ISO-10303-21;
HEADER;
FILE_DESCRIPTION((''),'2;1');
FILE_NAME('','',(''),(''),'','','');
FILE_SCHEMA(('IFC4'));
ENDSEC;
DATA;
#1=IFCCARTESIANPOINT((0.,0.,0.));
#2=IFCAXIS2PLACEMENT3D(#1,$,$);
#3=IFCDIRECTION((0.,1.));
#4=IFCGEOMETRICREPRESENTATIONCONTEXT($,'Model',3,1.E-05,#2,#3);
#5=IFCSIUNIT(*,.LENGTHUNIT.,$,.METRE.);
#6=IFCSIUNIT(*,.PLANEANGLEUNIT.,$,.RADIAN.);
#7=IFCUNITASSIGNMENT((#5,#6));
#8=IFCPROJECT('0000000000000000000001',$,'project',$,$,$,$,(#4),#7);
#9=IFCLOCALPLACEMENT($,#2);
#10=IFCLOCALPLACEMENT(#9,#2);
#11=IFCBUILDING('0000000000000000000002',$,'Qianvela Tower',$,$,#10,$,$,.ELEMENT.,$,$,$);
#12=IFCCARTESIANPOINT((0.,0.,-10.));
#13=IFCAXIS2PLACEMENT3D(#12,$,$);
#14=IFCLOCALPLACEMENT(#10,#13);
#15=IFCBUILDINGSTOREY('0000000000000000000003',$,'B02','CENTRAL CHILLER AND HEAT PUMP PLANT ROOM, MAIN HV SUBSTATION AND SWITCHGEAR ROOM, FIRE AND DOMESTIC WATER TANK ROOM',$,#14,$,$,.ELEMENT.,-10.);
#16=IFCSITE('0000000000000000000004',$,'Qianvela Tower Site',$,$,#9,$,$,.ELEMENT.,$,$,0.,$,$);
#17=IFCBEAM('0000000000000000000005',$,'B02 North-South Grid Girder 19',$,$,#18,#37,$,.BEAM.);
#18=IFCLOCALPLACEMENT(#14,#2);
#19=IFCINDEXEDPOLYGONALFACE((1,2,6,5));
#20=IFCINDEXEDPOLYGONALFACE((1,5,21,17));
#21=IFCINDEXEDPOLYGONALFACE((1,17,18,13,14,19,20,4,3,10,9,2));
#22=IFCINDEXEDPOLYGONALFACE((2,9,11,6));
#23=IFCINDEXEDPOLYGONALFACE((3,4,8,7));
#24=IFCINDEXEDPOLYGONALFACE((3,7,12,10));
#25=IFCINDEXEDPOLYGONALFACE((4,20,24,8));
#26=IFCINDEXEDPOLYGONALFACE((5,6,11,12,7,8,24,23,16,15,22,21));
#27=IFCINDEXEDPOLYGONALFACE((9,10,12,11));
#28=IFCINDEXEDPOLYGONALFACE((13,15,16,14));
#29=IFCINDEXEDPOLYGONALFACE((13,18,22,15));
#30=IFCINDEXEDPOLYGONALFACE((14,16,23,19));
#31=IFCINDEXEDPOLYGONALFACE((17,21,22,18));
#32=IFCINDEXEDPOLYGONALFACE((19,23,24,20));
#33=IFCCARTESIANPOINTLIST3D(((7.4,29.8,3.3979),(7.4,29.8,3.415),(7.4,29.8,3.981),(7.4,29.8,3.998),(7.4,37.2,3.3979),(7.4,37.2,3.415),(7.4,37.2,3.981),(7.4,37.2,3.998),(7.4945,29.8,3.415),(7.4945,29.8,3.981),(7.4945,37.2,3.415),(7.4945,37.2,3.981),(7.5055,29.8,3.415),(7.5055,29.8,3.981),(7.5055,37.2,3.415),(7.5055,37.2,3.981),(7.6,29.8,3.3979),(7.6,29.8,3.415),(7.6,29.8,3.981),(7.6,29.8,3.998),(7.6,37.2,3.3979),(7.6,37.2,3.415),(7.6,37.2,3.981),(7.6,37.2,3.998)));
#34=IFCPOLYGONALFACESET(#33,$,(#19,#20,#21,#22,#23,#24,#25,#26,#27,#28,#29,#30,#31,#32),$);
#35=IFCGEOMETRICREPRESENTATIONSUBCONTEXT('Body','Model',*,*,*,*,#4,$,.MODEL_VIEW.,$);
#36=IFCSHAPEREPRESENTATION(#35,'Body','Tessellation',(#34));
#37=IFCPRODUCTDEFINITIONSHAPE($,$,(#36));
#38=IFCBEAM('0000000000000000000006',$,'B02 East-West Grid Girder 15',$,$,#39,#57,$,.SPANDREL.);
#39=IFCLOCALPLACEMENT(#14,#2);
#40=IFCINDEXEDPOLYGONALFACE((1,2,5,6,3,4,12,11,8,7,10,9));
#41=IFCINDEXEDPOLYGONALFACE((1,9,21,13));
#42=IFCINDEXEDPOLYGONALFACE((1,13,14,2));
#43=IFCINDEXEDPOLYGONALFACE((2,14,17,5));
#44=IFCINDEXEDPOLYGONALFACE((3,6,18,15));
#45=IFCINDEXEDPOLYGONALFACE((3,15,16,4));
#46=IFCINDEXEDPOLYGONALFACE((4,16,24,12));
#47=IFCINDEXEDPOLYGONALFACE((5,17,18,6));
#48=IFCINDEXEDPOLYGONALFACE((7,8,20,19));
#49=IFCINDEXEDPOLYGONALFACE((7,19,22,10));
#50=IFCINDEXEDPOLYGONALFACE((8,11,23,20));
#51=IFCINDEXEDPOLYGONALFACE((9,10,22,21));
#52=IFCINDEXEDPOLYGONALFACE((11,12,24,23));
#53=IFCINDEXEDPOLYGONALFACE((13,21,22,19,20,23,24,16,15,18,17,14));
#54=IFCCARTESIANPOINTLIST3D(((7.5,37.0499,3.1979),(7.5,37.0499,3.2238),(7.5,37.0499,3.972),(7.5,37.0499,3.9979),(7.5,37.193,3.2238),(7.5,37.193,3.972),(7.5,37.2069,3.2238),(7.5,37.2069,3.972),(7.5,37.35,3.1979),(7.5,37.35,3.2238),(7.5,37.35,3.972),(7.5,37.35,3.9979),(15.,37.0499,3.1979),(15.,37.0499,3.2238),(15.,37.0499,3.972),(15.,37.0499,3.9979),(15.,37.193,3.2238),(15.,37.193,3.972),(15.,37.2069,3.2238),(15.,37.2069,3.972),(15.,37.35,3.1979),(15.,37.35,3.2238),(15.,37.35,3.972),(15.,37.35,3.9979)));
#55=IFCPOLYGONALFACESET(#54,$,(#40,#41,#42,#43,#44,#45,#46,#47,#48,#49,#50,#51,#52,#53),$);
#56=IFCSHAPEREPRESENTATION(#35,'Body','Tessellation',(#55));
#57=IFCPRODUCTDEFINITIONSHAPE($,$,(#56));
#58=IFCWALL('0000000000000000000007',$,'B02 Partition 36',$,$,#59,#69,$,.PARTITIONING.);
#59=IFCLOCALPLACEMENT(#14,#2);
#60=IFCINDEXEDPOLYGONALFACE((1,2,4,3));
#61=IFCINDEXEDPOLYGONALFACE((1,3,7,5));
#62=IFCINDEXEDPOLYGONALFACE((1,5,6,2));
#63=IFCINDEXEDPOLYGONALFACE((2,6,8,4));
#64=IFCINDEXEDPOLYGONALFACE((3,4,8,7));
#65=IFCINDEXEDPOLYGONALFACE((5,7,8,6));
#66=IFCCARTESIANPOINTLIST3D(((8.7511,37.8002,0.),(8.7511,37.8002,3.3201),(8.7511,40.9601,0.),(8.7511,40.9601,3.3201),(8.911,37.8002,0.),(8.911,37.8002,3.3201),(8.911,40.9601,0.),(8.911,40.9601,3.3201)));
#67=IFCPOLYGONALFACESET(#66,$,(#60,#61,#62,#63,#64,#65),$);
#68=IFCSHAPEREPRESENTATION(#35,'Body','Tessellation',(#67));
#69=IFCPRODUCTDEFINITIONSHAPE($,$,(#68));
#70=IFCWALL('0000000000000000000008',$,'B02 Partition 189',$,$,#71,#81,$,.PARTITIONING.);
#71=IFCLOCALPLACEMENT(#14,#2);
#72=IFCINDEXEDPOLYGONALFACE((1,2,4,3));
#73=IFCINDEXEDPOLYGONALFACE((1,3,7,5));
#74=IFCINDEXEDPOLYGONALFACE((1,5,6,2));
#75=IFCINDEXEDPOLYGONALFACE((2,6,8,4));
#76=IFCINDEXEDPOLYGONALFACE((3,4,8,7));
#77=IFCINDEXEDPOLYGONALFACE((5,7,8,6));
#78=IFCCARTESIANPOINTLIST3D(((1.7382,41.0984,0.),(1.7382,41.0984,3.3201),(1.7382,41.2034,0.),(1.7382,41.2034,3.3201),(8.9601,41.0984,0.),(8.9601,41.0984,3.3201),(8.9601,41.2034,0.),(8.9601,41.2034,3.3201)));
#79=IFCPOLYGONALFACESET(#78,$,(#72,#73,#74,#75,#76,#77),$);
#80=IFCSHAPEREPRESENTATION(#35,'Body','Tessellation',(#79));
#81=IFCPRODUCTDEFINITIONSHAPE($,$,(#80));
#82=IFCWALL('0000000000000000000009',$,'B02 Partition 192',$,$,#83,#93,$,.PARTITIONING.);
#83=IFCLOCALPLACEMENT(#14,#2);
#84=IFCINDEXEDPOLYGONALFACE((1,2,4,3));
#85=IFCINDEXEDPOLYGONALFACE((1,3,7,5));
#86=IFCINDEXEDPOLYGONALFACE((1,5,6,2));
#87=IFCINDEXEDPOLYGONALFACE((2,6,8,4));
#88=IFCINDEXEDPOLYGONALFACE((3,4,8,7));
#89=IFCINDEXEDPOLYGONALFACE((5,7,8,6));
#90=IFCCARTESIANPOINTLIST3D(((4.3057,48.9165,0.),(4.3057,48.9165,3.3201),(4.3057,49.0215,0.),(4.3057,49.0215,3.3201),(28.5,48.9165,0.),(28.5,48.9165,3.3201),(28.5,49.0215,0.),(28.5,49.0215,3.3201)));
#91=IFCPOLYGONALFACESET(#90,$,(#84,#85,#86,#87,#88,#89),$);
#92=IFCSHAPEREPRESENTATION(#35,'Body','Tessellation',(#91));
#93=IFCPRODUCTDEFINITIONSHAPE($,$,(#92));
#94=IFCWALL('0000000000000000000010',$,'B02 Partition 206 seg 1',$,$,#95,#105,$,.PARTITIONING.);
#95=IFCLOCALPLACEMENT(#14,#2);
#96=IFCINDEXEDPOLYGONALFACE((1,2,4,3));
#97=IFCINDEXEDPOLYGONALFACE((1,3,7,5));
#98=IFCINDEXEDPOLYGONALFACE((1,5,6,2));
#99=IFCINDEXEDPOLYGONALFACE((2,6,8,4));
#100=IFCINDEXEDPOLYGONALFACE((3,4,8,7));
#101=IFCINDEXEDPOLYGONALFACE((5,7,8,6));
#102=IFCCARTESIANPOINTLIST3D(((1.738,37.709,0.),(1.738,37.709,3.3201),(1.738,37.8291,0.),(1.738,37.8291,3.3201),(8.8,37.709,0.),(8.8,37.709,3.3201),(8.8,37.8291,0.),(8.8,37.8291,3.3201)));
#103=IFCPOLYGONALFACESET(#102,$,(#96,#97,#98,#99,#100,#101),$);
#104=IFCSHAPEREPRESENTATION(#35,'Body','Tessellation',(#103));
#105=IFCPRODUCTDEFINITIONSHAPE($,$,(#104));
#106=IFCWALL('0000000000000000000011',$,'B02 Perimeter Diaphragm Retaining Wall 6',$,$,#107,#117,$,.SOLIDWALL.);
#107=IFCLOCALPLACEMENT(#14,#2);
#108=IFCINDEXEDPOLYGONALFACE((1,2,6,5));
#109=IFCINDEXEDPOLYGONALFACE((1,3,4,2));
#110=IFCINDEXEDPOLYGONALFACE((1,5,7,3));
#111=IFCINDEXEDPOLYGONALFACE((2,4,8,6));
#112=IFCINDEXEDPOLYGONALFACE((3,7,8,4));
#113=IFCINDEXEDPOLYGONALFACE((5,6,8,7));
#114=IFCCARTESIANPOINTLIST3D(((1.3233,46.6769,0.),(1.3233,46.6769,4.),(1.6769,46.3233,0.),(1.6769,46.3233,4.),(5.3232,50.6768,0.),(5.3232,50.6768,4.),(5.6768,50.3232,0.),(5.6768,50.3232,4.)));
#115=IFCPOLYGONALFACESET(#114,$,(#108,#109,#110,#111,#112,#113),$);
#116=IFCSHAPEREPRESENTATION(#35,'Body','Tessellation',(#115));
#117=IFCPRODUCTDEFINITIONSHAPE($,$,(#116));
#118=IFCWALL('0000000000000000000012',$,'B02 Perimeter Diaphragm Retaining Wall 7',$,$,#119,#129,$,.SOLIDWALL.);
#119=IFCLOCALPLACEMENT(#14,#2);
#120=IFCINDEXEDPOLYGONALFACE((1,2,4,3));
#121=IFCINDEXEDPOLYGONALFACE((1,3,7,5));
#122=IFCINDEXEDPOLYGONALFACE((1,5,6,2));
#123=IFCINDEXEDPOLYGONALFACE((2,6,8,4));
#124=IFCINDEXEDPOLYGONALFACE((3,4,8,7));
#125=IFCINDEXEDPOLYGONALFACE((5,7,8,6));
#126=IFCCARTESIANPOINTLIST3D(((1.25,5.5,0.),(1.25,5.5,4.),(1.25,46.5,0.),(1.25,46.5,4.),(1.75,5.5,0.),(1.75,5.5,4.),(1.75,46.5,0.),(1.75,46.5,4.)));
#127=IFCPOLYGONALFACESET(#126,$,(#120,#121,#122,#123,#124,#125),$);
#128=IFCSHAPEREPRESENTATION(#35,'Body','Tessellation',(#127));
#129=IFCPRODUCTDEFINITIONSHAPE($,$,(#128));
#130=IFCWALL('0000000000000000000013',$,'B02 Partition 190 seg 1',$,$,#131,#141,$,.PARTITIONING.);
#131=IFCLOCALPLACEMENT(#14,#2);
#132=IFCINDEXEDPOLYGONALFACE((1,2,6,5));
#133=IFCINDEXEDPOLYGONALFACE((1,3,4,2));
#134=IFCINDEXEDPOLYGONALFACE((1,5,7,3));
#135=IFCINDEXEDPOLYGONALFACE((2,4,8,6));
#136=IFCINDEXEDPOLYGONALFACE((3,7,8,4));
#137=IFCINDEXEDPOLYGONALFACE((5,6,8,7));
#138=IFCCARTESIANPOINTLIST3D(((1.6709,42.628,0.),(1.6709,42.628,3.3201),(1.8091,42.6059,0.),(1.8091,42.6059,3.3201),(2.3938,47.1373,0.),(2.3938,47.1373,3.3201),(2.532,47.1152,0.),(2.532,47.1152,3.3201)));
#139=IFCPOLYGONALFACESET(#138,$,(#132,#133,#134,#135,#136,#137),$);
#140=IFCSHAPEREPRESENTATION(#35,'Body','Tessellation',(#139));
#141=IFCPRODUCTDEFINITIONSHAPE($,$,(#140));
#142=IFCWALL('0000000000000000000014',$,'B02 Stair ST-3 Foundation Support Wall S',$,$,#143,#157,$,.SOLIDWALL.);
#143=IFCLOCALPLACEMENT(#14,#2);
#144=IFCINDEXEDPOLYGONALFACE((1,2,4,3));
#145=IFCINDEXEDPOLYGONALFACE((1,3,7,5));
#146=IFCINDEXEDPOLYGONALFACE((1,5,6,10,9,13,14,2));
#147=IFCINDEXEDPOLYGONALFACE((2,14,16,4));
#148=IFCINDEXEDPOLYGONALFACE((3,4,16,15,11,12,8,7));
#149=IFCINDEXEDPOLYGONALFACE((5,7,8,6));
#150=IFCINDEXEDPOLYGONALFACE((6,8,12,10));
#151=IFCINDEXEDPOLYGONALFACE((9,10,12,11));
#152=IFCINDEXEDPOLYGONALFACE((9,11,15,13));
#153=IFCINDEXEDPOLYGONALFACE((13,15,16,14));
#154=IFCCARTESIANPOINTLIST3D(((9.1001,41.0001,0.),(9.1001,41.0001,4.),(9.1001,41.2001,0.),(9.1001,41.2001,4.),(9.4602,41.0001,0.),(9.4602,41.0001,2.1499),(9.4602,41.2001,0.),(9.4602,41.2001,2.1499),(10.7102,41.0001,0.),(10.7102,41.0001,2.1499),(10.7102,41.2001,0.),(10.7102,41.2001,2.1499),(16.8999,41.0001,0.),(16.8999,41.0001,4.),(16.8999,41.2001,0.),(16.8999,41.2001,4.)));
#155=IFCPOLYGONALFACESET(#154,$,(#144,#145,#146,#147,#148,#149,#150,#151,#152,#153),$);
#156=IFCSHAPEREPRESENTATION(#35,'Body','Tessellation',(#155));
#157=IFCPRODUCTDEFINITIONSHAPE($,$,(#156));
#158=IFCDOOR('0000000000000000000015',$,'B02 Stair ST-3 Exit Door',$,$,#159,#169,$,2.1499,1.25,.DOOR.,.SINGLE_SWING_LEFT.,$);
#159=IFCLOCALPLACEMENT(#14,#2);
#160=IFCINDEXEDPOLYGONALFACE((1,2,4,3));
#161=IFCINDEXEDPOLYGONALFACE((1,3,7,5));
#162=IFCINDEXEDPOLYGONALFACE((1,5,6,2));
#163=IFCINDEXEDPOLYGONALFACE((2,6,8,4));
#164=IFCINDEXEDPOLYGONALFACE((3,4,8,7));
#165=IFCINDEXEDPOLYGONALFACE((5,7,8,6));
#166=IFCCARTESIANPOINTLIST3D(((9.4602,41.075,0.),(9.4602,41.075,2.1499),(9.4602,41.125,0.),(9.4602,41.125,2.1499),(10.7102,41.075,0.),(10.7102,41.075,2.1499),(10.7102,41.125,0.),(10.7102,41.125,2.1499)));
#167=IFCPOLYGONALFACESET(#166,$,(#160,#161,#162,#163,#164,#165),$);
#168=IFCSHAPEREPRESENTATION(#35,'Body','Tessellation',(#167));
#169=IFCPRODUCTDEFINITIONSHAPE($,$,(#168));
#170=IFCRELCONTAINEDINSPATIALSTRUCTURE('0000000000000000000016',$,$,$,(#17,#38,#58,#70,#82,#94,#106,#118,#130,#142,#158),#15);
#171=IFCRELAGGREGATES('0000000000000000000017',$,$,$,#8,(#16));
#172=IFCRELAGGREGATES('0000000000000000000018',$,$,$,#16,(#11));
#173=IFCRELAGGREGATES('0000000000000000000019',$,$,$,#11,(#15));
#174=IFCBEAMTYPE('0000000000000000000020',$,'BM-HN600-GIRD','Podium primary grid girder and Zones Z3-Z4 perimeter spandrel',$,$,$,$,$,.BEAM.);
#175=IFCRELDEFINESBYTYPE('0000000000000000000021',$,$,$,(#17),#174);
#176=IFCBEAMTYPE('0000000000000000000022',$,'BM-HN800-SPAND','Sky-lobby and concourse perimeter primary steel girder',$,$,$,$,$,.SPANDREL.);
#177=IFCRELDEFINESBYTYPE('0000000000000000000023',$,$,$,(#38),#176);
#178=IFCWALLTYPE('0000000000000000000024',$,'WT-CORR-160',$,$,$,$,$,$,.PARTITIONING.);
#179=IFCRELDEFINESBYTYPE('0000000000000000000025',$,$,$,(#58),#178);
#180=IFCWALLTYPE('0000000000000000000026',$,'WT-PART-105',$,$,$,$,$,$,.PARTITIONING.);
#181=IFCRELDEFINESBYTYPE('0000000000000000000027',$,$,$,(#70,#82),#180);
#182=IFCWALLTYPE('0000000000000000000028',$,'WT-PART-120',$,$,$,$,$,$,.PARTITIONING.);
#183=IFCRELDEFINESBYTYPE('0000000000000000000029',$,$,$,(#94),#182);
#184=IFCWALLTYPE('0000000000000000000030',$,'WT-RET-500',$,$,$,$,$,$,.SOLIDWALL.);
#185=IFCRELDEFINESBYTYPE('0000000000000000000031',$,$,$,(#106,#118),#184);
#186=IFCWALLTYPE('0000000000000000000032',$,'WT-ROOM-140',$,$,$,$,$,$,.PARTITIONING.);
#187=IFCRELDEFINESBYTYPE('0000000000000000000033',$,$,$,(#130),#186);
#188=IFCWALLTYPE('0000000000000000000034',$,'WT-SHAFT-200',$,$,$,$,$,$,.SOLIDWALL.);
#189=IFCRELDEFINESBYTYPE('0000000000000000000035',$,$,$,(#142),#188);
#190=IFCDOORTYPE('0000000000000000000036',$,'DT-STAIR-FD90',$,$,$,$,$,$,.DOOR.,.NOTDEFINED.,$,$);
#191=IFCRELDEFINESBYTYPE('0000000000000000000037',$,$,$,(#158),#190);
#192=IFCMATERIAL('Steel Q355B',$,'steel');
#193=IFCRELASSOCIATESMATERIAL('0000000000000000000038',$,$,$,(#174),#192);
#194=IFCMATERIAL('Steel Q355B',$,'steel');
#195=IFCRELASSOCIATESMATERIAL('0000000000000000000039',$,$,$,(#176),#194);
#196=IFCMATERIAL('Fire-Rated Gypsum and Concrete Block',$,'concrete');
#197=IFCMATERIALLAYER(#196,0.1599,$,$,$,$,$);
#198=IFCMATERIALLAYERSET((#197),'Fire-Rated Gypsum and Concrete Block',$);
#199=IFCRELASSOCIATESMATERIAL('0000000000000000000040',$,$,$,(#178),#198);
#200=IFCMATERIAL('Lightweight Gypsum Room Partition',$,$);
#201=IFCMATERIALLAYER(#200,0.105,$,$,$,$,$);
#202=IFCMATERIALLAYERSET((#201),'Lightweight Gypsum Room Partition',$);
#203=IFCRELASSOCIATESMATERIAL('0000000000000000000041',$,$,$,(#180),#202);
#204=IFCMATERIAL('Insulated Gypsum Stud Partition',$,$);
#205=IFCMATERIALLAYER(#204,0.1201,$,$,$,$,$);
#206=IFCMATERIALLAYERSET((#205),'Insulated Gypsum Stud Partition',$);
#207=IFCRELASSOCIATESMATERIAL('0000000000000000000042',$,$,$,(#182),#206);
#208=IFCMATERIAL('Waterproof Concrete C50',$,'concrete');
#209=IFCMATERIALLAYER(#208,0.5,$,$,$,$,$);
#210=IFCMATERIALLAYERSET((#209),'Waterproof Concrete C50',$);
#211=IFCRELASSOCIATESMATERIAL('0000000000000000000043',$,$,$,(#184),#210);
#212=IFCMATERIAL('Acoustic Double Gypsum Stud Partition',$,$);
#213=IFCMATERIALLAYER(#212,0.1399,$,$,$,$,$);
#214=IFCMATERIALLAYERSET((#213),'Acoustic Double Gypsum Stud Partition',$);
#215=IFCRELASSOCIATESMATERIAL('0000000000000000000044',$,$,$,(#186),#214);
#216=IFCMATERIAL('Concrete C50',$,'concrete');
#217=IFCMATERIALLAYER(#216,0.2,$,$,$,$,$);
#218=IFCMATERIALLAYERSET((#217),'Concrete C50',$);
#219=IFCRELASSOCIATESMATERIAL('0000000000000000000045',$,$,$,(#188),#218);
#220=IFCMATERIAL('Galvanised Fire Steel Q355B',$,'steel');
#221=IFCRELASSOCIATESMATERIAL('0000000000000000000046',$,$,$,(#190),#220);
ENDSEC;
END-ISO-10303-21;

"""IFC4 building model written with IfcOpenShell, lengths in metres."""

from ifc_helpers import new_model, si_unit, direction, frame, frame_2d, origin, origin_2d, place, context, subcontext, project, spatial, rectangle, i_section, extrude, material, layer, layer_set, material_profile, profile_set, type_object, element, fill, save


model = new_model("IFC4")

# Units and contexts
model_context = context("Model", 3, precision=1e-05, world=origin(), true_north=direction((0.0, 1.0)))
body_context = subcontext(model_context, "Body", "Model", "MODEL_VIEW")
ifc_project = project(units=[si_unit("LENGTHUNIT", "METRE"), si_unit("PLANEANGLEUNIT", "RADIAN")], contexts=[model_context])

# Site, building, storey
site_placement = place(None, origin())
site = spatial("IfcSite", under=ifc_project, at=site_placement, Name="Qianvela Tower Site", CompositionType="ELEMENT", RefElevation=0.0)
building_placement = place(site_placement, origin())
building = spatial("IfcBuilding", under=site, at=building_placement, Name="Qianvela Tower", CompositionType="ELEMENT")
storey_placement = place(building_placement, frame((0.0, 0.0, -10.0)))
storey = spatial("IfcBuildingStorey", under=building, at=storey_placement, Name="B02", Description="CENTRAL CHILLER AND HEAT PUMP PLANT ROOM, MAIN HV SUBSTATION AND SWITCHGEAR ROOM, FIRE AND DOMESTIC WATER TANK ROOM", CompositionType="ELEMENT", Elevation=-10.0)

# Beams
ifc_material_1 = material(Name="Steel Q355B", Category="steel")
ifc_material_profile_1 = material_profile(ifc_material_1, i_section(OverallWidth=0.2, OverallDepth=0.6001, WebThickness=0.011, FlangeThickness=0.0171, at=origin_2d()), Name="HN600x200x11x17")
ifc_profile_set_1 = profile_set([ifc_material_profile_1], Name="Steel Q355B")
beam_type_1 = type_object("IfcBeamType", Name="BM-HN600-GIRD", Description="Podium primary grid girder and Zones Z3-Z4 perimeter spandrel", PredefinedType="BEAM", material=ifc_profile_set_1)
beam_1_placement = place(storey_placement, frame((7.5, 29.8, 3.698), z_axis=(0.0, 1.0, 0.0), x_axis=(-1.0, 0.0, 0.0)))
element("IfcBeam", 1, at=beam_1_placement, inside=storey, type_object=beam_type_1, Name="B02 North-South Grid Girder 19", PredefinedType="BEAM", context=body_context, shape_type="SweptSolid", body=[
    extrude(i_section(OverallWidth=0.2, OverallDepth=0.6001, WebThickness=0.011, FlangeThickness=0.0171, at=origin_2d()), origin(), (0.0, 0.0, 1.0), 7.3999),
])
ifc_material_2 = material(Name="Steel Q355B", Category="steel")
ifc_material_profile_2 = material_profile(ifc_material_2, i_section(OverallWidth=0.3, OverallDepth=0.8, WebThickness=0.0139, FlangeThickness=0.0259, at=origin_2d()), Name="HN800x300x14x26")
ifc_profile_set_2 = profile_set([ifc_material_profile_2], Name="Steel Q355B")
beam_type_2 = type_object("IfcBeamType", Name="BM-HN800-SPAND", Description="Sky-lobby and concourse perimeter primary steel girder", PredefinedType="SPANDREL", material=ifc_profile_set_2)
beam_2_placement = place(storey_placement, frame((7.5, 37.2, 3.5979), z_axis=(1.0, 0.0, 0.0), x_axis=(0.0, 1.0, 0.0)))
element("IfcBeam", 2, at=beam_2_placement, inside=storey, type_object=beam_type_2, Name="B02 East-West Grid Girder 15", PredefinedType="SPANDREL", context=body_context, shape_type="SweptSolid", body=[
    extrude(i_section(OverallWidth=0.3, OverallDepth=0.8, WebThickness=0.0139, FlangeThickness=0.0259, at=origin_2d()), origin(), (0.0, 0.0, 1.0), 7.5),
])

# Walls
ifc_material_3 = material(Name="Fire-Rated Gypsum and Concrete Block", Category="concrete")
ifc_layer_1 = layer(ifc_material_3, 0.1599)
ifc_layer_set_1 = layer_set([ifc_layer_1], Name="Fire-Rated Gypsum and Concrete Block")
wall_type_1 = type_object("IfcWallType", Name="WT-CORR-160", PredefinedType="PARTITIONING", material=ifc_layer_set_1)
wall_1_placement = place(storey_placement, frame((8.8311, 37.8, 0.0), z_axis=(0.0, 0.0, 1.0), x_axis=(0.0, 1.0, 0.0)))
element("IfcWall", 3, at=wall_1_placement, inside=storey, type_object=wall_type_1, Name="B02 Partition 36", PredefinedType="PARTITIONING", context=body_context, shape_type="SweptSolid", body=[
    extrude(rectangle(XDim=3.1599, YDim=0.1599, at=frame_2d((1.5801, 0.0))), origin(), (0.0, 0.0, 1.0), 3.3201),
])
ifc_material_4 = material(Name="Lightweight Gypsum Room Partition")
ifc_layer_2 = layer(ifc_material_4, 0.105)
ifc_layer_set_2 = layer_set([ifc_layer_2], Name="Lightweight Gypsum Room Partition")
wall_type_2 = type_object("IfcWallType", Name="WT-PART-105", PredefinedType="PARTITIONING", material=ifc_layer_set_2)
wall_2_placement = place(storey_placement, frame((8.96, 41.1509, 0.0), z_axis=(0.0, 0.0, 1.0), x_axis=(-1.0, 0.0, 0.0)))
element("IfcWall", 4, at=wall_2_placement, inside=storey, type_object=wall_type_2, Name="B02 Partition 189", PredefinedType="PARTITIONING", context=body_context, shape_type="SweptSolid", body=[
    extrude(rectangle(XDim=7.2219, YDim=0.105, at=frame_2d((3.6108, 0.0))), origin(), (0.0, 0.0, 1.0), 3.3201),
])
wall_3_placement = place(storey_placement, frame((4.3057, 48.969, 0.0), z_axis=(0.0, 0.0, 1.0), x_axis=(1.0, 0.0, 0.0)))
element("IfcWall", 5, at=wall_3_placement, inside=storey, type_object=wall_type_2, Name="B02 Partition 192", PredefinedType="PARTITIONING", context=body_context, shape_type="SweptSolid", body=[
    extrude(rectangle(XDim=24.1943, YDim=0.105, at=frame_2d((12.0972, 0.0))), origin(), (0.0, 0.0, 1.0), 3.3201),
])
ifc_material_5 = material(Name="Insulated Gypsum Stud Partition")
ifc_layer_3 = layer(ifc_material_5, 0.1201)
ifc_layer_set_3 = layer_set([ifc_layer_3], Name="Insulated Gypsum Stud Partition")
wall_type_3 = type_object("IfcWallType", Name="WT-PART-120", PredefinedType="PARTITIONING", material=ifc_layer_set_3)
wall_4_placement = place(storey_placement, frame((1.738, 37.769, 0.0), z_axis=(0.0, 0.0, 1.0), x_axis=(1.0, 0.0, 0.0)))
element("IfcWall", 6, at=wall_4_placement, inside=storey, type_object=wall_type_3, Name="B02 Partition 206 seg 1", PredefinedType="PARTITIONING", context=body_context, shape_type="SweptSolid", body=[
    extrude(rectangle(XDim=7.062, YDim=0.1201, at=frame_2d((3.531, 0.0))), origin(), (0.0, 0.0, 1.0), 3.3201),
])
ifc_material_6 = material(Name="Waterproof Concrete C50", Category="concrete")
ifc_layer_4 = layer(ifc_material_6, 0.5)
ifc_layer_set_4 = layer_set([ifc_layer_4], Name="Waterproof Concrete C50")
wall_type_4 = type_object("IfcWallType", Name="WT-RET-500", PredefinedType="SOLIDWALL", material=ifc_layer_set_4)
wall_5_placement = place(storey_placement, frame((5.5, 50.5, 0.0), z_axis=(0.0, 0.0, 1.0), x_axis=(-0.707107, -0.707107, 0.0)))
element("IfcWall", 7, at=wall_5_placement, inside=storey, type_object=wall_type_4, Name="B02 Perimeter Diaphragm Retaining Wall 6", PredefinedType="SOLIDWALL", context=body_context, shape_type="SweptSolid", body=[
    extrude(rectangle(XDim=5.6567, YDim=0.5, at=frame_2d((2.8284, 0.0))), origin(), (0.0, 0.0, 1.0), 4.0),
])
wall_6_placement = place(storey_placement, frame((1.5, 46.5, 0.0), z_axis=(0.0, 0.0, 1.0), x_axis=(0.0, -1.0, 0.0)))
element("IfcWall", 8, at=wall_6_placement, inside=storey, type_object=wall_type_4, Name="B02 Perimeter Diaphragm Retaining Wall 7", PredefinedType="SOLIDWALL", context=body_context, shape_type="SweptSolid", body=[
    extrude(rectangle(XDim=41.0, YDim=0.5, at=frame_2d((20.5, 0.0))), origin(), (0.0, 0.0, 1.0), 4.0),
])
ifc_material_7 = material(Name="Acoustic Double Gypsum Stud Partition")
ifc_layer_5 = layer(ifc_material_7, 0.1399)
ifc_layer_set_5 = layer_set([ifc_layer_5], Name="Acoustic Double Gypsum Stud Partition")
wall_type_5 = type_object("IfcWallType", Name="WT-ROOM-140", PredefinedType="PARTITIONING", material=ifc_layer_set_5)
wall_7_placement = place(storey_placement, frame((1.74, 42.6169, 0.0), z_axis=(0.0, 0.0, 1.0), x_axis=(0.158293, 0.987392, 0.0)))
element("IfcWall", 9, at=wall_7_placement, inside=storey, type_object=wall_type_5, Name="B02 Partition 190 seg 1", PredefinedType="PARTITIONING", context=body_context, shape_type="SweptSolid", body=[
    extrude(rectangle(XDim=4.5669, YDim=0.1399, at=frame_2d((2.2834, 0.0))), origin(), (0.0, 0.0, 1.0), 3.3201),
])

# Wall, opening, door
ifc_material_8 = material(Name="Concrete C50", Category="concrete")
ifc_layer_6 = layer(ifc_material_8, 0.2)
ifc_layer_set_6 = layer_set([ifc_layer_6], Name="Concrete C50")
wall_type_6 = type_object("IfcWallType", Name="WT-SHAFT-200", PredefinedType="SOLIDWALL", material=ifc_layer_set_6)
wall_8_placement = place(storey_placement, frame((9.1001, 41.1001, 0.0), z_axis=(0.0, 0.0, 1.0), x_axis=(1.0, 0.0, 0.0)))
wall_8 = element("IfcWall", 10, at=wall_8_placement, inside=storey, type_object=wall_type_6, Name="B02 Stair ST-3 Foundation Support Wall S", PredefinedType="SOLIDWALL", context=body_context, shape_type="SweptSolid", body=[
    extrude(rectangle(XDim=7.7998, YDim=0.2, at=frame_2d((3.8999, 0.0))), origin(), (0.0, 0.0, 1.0), 4.0),
])
opening_placement = place(wall_8_placement, frame((0.3601, 0.0, 0.0)))
opening = element("IfcOpeningElement", 11, at=opening_placement, cuts=wall_8, PredefinedType="OPENING", context=body_context, shape_type="SweptSolid", body=[
    extrude(rectangle(XDim=1.25, YDim=2.1499, at=frame_2d((0.625, 1.075))), frame((0.0, 0.1099, 0.0), z_axis=(0.0, -1.0, 0.0), x_axis=(1.0, 0.0, 0.0)), (0.0, 0.0, 1.0), 0.22),
])
ifc_material_9 = material(Name="Galvanised Fire Steel Q355B", Category="steel")
door_type = type_object("IfcDoorType", Name="DT-STAIR-FD90", OperationType="NOTDEFINED", PredefinedType="DOOR", material=ifc_material_9)
door_placement = place(opening_placement, origin())
door = element("IfcDoor", 12, at=door_placement, inside=storey, type_object=door_type, Name="B02 Stair ST-3 Exit Door", OperationType="SINGLE_SWING_LEFT", OverallHeight=2.1499, OverallWidth=1.25, PredefinedType="DOOR", context=body_context, shape_type="SweptSolid", body=[
    extrude(rectangle(XDim=1.25, YDim=2.1499, at=frame_2d((0.625, 1.075))), frame((0.0, 0.0249, 0.0), z_axis=(0.0, -1.0, 0.0), x_axis=(1.0, 0.0, 0.0)), (0.0, 0.0, 1.0), 0.05),
])
fill(opening, door)

save(model, "model.ifc")
